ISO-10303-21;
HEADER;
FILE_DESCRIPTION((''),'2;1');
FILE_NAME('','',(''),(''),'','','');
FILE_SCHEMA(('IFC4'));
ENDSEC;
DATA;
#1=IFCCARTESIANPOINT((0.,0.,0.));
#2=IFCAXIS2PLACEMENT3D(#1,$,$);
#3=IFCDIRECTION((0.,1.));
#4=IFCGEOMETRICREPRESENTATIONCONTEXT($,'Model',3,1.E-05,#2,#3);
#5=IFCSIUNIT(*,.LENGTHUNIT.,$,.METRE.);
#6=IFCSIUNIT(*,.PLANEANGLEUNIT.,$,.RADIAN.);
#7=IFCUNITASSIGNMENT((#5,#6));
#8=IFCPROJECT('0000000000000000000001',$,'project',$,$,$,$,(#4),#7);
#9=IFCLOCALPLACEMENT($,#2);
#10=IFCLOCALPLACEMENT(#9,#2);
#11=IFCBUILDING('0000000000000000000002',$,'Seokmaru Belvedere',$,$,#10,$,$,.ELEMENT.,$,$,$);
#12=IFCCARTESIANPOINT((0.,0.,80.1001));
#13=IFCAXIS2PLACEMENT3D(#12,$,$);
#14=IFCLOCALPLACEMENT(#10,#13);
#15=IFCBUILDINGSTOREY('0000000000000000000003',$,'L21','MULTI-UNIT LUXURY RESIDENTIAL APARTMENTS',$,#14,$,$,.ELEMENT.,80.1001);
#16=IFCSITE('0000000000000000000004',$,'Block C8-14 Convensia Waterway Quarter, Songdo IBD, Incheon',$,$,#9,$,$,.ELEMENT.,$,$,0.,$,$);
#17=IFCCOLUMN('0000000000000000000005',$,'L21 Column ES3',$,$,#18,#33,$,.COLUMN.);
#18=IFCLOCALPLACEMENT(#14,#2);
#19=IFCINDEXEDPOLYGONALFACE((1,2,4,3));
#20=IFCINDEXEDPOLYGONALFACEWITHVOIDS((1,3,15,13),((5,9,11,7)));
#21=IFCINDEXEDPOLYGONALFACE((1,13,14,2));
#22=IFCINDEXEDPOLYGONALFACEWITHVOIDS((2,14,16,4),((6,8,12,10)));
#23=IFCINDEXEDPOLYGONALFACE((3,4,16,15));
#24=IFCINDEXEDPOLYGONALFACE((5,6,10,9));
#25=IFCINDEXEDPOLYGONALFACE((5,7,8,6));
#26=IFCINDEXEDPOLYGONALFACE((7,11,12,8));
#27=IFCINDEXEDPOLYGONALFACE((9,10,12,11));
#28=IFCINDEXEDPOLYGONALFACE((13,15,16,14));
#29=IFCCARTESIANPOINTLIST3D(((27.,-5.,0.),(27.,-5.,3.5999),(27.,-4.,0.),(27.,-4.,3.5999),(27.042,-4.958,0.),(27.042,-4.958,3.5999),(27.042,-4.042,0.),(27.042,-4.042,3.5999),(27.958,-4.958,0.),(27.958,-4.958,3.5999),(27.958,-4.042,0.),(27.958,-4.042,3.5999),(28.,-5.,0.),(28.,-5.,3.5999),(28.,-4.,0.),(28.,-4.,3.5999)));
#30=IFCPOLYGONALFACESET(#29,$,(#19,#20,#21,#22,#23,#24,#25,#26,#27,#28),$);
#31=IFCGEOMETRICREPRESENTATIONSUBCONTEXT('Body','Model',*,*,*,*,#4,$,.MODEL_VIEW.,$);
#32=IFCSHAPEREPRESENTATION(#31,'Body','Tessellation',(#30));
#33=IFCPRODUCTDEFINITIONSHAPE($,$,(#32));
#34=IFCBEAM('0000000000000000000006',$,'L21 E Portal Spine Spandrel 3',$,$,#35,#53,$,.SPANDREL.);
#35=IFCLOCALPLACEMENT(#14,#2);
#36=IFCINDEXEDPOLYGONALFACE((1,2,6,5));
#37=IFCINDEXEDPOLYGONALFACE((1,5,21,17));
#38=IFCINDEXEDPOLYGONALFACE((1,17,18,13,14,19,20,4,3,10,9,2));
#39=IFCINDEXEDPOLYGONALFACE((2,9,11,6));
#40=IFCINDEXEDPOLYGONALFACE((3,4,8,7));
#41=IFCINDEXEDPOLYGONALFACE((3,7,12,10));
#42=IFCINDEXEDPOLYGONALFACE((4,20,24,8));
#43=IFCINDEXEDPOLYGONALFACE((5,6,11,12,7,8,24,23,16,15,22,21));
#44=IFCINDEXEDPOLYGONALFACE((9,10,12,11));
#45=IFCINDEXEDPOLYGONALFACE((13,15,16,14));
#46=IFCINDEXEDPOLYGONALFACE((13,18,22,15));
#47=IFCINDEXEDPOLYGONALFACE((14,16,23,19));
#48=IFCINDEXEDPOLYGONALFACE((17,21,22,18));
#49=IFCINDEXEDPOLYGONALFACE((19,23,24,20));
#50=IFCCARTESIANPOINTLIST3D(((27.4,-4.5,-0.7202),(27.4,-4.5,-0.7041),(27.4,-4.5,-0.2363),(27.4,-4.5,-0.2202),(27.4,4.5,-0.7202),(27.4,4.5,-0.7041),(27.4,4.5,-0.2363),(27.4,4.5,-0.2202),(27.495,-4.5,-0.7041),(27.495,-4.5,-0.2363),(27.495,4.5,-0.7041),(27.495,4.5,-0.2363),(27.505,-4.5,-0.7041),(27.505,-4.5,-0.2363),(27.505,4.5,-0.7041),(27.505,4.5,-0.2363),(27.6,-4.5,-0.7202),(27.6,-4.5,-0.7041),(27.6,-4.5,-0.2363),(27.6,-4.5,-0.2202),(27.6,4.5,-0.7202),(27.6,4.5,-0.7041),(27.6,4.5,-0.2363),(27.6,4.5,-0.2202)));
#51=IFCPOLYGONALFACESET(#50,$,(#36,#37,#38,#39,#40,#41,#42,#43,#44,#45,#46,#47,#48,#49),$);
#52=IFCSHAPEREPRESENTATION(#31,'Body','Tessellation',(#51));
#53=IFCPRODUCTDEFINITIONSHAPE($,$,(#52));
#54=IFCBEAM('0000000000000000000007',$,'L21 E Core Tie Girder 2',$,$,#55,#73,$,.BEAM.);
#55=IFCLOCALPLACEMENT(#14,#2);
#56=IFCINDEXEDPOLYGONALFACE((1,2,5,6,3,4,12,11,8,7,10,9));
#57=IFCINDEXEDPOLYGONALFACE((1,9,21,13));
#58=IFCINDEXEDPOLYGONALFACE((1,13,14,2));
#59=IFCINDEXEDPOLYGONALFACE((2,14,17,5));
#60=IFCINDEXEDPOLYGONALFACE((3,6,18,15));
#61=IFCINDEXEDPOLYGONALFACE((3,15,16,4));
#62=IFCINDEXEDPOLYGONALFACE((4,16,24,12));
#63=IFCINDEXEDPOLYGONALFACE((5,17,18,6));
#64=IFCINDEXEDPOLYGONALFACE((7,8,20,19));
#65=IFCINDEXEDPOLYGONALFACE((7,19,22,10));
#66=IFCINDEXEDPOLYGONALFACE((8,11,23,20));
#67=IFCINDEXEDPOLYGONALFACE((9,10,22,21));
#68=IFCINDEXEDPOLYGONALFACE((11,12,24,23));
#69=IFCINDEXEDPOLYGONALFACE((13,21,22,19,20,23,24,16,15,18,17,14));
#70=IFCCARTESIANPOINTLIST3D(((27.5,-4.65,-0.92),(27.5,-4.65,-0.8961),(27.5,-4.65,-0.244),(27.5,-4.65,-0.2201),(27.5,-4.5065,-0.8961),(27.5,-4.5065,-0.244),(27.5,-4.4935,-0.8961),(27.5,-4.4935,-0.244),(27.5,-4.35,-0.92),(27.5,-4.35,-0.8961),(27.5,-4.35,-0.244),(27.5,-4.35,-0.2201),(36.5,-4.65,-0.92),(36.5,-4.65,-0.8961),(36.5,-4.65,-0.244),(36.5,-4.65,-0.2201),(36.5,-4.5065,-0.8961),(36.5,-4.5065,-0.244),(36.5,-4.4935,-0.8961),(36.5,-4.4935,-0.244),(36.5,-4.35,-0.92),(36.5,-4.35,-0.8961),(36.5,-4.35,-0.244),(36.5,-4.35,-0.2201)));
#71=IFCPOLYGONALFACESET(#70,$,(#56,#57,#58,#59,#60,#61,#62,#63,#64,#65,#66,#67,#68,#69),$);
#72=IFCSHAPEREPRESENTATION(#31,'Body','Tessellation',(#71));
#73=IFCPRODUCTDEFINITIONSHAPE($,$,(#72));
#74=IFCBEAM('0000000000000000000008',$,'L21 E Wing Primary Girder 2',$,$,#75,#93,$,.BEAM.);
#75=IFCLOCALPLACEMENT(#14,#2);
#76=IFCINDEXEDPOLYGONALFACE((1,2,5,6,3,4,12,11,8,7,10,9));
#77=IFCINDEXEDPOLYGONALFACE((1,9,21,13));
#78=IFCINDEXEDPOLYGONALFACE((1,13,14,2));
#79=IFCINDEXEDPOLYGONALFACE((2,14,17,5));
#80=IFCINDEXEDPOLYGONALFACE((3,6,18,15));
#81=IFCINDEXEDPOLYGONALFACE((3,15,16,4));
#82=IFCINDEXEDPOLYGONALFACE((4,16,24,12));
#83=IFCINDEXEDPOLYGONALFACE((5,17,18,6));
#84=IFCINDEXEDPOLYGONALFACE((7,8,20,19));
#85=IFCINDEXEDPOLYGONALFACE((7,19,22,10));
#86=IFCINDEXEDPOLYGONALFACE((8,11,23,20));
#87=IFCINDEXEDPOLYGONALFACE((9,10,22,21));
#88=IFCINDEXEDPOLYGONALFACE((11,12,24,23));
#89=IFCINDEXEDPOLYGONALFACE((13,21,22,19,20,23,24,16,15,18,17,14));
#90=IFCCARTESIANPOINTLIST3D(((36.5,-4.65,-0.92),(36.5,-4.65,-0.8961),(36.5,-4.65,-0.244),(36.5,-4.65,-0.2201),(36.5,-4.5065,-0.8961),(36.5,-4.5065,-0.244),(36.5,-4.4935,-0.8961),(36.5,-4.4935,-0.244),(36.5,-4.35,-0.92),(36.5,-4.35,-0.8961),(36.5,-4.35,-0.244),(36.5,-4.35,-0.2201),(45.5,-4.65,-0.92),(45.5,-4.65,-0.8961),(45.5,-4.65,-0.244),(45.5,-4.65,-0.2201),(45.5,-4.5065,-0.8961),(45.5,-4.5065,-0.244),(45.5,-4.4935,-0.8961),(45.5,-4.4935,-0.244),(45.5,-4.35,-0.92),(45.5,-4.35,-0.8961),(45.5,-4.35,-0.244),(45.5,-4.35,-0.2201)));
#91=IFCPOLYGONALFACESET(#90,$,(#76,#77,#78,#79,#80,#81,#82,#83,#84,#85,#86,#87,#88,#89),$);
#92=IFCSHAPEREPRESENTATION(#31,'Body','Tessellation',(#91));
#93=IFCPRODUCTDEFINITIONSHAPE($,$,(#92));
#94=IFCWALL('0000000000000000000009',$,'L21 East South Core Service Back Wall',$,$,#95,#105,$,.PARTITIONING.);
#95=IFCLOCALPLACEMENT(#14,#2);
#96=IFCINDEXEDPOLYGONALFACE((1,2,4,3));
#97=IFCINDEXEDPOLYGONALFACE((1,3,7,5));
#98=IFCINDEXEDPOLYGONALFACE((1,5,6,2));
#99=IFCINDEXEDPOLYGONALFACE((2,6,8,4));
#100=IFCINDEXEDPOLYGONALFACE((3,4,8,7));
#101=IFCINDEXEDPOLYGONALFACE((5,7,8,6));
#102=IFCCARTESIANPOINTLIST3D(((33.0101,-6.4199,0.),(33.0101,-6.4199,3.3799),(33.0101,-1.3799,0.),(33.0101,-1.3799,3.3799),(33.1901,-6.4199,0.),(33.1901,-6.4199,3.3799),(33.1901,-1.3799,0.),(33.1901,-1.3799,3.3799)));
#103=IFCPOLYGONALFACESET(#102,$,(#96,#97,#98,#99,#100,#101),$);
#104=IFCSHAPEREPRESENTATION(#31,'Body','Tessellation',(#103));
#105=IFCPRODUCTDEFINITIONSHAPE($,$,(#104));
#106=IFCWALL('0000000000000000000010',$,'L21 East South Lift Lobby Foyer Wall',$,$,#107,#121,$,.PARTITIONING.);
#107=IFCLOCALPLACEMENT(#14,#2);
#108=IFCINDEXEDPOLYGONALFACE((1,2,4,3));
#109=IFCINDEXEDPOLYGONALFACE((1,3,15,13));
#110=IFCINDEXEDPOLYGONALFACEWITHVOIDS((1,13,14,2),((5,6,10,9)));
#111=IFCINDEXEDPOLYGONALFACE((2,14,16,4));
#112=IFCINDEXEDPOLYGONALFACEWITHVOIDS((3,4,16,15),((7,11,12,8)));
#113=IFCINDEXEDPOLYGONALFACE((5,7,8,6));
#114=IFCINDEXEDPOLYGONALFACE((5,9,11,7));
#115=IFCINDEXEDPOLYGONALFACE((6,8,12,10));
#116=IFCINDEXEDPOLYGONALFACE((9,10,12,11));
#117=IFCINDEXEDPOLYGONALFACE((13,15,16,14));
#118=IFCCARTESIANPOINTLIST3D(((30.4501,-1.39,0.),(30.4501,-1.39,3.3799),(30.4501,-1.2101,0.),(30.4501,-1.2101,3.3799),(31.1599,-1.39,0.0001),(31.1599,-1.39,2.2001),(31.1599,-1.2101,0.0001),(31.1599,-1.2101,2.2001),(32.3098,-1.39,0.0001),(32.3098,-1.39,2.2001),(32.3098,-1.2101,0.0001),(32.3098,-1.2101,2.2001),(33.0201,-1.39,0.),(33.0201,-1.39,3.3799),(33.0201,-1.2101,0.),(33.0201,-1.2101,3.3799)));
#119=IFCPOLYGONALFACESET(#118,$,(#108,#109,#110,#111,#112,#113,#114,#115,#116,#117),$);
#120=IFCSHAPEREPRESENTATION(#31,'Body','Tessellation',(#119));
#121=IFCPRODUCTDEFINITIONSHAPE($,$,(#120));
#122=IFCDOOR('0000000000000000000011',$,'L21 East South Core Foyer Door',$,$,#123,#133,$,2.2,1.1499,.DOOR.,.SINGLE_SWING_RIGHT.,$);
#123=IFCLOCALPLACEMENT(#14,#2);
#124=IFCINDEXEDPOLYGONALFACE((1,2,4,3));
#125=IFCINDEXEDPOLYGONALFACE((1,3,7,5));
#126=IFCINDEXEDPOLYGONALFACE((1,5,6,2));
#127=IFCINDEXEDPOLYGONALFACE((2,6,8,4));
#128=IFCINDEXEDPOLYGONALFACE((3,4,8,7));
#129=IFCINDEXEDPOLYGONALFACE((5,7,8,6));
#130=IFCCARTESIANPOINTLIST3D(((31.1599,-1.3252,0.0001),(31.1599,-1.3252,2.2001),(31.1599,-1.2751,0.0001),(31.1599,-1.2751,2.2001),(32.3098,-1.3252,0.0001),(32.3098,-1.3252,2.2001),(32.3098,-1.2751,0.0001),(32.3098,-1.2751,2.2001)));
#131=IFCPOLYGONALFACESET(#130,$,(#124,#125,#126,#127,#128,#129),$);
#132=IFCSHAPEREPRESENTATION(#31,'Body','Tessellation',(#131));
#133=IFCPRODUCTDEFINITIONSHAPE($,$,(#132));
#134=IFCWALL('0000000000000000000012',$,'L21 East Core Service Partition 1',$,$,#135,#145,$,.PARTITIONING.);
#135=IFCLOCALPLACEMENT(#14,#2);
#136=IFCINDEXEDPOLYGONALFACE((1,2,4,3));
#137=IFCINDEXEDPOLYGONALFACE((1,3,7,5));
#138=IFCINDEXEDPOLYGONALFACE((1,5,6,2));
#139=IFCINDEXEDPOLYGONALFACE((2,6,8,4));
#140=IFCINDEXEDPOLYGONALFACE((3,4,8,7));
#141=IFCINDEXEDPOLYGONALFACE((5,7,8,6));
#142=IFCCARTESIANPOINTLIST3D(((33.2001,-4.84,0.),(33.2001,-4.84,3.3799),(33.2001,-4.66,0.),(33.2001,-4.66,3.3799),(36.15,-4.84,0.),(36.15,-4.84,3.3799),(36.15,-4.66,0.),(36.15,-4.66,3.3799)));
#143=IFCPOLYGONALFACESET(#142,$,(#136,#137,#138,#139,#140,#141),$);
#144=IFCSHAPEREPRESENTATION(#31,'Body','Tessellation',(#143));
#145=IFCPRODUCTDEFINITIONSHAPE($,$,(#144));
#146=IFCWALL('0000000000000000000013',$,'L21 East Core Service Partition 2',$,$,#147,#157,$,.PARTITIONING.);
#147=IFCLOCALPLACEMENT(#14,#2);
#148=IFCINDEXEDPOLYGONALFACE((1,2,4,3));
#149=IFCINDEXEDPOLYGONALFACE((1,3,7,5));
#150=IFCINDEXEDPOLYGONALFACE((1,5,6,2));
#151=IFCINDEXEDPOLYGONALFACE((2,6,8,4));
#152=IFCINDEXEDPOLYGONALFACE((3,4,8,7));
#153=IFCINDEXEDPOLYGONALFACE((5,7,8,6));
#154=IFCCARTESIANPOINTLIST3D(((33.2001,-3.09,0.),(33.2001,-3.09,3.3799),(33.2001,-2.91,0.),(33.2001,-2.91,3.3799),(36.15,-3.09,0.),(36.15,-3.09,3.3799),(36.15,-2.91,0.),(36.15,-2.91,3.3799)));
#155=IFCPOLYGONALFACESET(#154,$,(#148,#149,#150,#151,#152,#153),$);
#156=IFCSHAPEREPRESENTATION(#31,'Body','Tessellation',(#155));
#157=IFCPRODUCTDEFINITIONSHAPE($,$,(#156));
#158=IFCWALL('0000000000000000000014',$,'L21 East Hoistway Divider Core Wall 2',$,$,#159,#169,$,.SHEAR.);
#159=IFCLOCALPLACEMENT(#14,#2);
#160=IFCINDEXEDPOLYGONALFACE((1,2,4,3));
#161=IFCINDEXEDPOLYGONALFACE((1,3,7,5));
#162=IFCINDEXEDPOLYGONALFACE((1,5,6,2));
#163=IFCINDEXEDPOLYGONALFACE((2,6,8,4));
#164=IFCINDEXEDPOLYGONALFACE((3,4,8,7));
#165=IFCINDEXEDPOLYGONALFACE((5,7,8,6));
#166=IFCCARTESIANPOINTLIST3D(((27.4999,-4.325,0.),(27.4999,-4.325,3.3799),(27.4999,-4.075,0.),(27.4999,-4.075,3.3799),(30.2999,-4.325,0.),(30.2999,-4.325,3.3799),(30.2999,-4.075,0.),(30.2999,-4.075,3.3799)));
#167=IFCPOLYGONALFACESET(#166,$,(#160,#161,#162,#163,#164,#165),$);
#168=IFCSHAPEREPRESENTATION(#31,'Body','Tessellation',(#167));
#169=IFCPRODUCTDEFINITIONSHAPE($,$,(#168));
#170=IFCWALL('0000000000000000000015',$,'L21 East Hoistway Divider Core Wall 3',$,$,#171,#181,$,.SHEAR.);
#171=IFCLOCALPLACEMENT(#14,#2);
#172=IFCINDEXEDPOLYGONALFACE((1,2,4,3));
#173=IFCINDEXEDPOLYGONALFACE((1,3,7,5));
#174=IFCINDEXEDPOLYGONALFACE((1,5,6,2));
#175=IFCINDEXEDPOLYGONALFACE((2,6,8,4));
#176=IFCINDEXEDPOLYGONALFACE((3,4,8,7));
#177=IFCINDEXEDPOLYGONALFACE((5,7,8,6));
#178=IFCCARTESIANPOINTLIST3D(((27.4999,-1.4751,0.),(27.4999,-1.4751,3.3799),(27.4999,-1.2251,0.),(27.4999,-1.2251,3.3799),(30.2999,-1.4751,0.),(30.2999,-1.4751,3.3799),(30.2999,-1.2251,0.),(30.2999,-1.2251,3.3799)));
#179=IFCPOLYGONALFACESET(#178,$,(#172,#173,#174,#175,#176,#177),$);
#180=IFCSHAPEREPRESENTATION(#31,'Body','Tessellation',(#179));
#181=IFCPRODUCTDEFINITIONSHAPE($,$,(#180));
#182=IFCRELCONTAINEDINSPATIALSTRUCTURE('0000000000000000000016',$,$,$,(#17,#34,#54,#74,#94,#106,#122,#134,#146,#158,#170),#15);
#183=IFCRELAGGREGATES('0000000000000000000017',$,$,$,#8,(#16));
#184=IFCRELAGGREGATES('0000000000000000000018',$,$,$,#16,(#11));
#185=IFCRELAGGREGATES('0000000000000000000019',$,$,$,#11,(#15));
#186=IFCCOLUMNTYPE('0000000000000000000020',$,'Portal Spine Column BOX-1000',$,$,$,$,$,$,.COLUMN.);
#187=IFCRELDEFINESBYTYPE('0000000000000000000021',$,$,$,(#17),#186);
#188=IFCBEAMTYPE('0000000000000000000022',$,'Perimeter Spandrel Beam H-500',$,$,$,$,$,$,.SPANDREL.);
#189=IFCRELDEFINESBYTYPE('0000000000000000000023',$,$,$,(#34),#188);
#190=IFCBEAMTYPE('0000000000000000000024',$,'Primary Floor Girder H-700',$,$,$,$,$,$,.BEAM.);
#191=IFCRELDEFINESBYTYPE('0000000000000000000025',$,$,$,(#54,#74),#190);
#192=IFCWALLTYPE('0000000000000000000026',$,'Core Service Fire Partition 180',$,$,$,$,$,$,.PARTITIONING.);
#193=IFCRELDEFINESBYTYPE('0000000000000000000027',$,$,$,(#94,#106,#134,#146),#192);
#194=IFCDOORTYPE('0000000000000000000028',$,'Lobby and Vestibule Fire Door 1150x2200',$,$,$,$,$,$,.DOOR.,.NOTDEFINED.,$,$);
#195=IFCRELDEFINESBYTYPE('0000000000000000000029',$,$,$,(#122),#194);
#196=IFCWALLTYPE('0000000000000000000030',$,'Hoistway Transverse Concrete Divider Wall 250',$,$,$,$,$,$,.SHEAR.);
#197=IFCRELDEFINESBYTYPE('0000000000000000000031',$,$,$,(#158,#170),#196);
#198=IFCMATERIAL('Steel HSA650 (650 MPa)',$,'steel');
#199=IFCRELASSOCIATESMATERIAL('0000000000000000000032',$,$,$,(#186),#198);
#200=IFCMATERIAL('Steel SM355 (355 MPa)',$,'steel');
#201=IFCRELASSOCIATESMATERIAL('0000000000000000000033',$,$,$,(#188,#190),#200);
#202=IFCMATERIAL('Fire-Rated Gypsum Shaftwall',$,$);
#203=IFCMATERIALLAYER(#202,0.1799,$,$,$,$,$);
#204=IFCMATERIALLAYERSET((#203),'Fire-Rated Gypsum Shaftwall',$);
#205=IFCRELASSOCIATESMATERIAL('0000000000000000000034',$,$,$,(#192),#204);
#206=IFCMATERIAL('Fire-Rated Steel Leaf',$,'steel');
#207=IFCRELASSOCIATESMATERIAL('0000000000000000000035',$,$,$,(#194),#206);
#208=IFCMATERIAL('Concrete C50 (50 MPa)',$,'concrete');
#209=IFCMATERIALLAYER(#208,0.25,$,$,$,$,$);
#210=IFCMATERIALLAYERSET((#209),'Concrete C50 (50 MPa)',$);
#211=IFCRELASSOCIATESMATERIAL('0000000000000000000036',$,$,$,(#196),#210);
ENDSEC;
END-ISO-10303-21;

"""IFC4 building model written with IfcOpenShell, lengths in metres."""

from ifc_helpers import new_model, si_unit, direction, frame, frame_2d, origin, origin_2d, place, context, subcontext, project, spatial, rectangle, hollow_rectangle, i_section, extrude, source, transform, mapped, material, layer, layer_set, material_profile, profile_set, type_object, type_shapes, element, fill, save


model = new_model("IFC4")

# Units and contexts
model_context = context("Model", 3, precision=1e-05, world=origin(), true_north=direction((0.0, 1.0)))
body_context = subcontext(model_context, "Body", "Model", "MODEL_VIEW")
ifc_project = project(units=[si_unit("LENGTHUNIT", "METRE"), si_unit("PLANEANGLEUNIT", "RADIAN")], contexts=[model_context])

# Site, building, storey
site_placement = place(None, origin())
site = spatial("IfcSite", under=ifc_project, at=site_placement, Name="Block C8-14 Convensia Waterway Quarter, Songdo IBD, Incheon", CompositionType="ELEMENT", RefElevation=0.0)
building_placement = place(site_placement, origin())
building = spatial("IfcBuilding", under=site, at=building_placement, Name="Seokmaru Belvedere", CompositionType="ELEMENT")
storey_placement = place(building_placement, frame((0.0, 0.0, 80.1001)))
storey = spatial("IfcBuildingStorey", under=building, at=storey_placement, Name="L21", Description="MULTI-UNIT LUXURY RESIDENTIAL APARTMENTS", CompositionType="ELEMENT", Elevation=80.1001)

# Column
ifc_material_1 = material(Name="Steel HSA650 (650 MPa)", Category="steel")
ifc_material_profile_1 = material_profile(ifc_material_1, hollow_rectangle(XDim=1.0, YDim=1.0, WallThickness=0.042, at=origin_2d()), Name="BOX-1000x1000x42")
ifc_profile_set_1 = profile_set([ifc_material_profile_1], Name="Steel HSA650 (650 MPa)")
column_type = type_object("IfcColumnType", Name="Portal Spine Column BOX-1000", PredefinedType="COLUMN", material=ifc_profile_set_1)
shared_shape_1 = source(origin(), body_context, "Body", "SweptSolid", [
    extrude(hollow_rectangle(XDim=1.0, YDim=1.0, WallThickness=0.042, at=origin_2d()), origin(), (0.0, 0.0, 1.0), 3.5999),
])
type_shapes(column_type, [shared_shape_1])
column_placement = place(storey_placement, frame((27.5, -4.5, 0.0), z_axis=(0.0, 0.0, 1.0), x_axis=(1.0, 0.0, 0.0)))
element("IfcColumn", 1, at=column_placement, inside=storey, type_object=column_type, Name="L21 Column ES3", PredefinedType="COLUMN", context=body_context, shape_type="MappedRepresentation", body=[
    mapped(shared_shape_1, transform((0.0, 0.0, 0.0), scale=1.0)),
])

# Beams
ifc_material_2 = material(Name="Steel SM355 (355 MPa)", Category="steel")
ifc_material_profile_2 = material_profile(ifc_material_2, i_section(OverallWidth=0.2, OverallDepth=0.5, WebThickness=0.01, FlangeThickness=0.0161, at=origin_2d()), Name="H-500x200x10x16")
ifc_profile_set_2 = profile_set([ifc_material_profile_2], Name="Steel SM355 (355 MPa)")
beam_type_1 = type_object("IfcBeamType", Name="Perimeter Spandrel Beam H-500", PredefinedType="SPANDREL", material=ifc_profile_set_2)
shared_shape_2 = source(origin(), body_context, "Body", "SweptSolid", [
    extrude(i_section(OverallWidth=0.2, OverallDepth=0.5, WebThickness=0.01, FlangeThickness=0.0161, at=origin_2d()), origin(), (0.0, 0.0, 1.0), 9.0),
])
type_shapes(beam_type_1, [shared_shape_2])
beam_placement = place(storey_placement, frame((27.5, -4.5, -0.4702), z_axis=(0.0, 1.0, 0.0), x_axis=(-1.0, 0.0, 0.0)))
element("IfcBeam", 2, at=beam_placement, inside=storey, type_object=beam_type_1, Name="L21 E Portal Spine Spandrel 3", PredefinedType="SPANDREL", context=body_context, shape_type="MappedRepresentation", body=[
    mapped(shared_shape_2, transform((0.0, 0.0, 0.0), scale=1.0)),
])
ifc_material_profile_3 = material_profile(ifc_material_2, i_section(OverallWidth=0.3, OverallDepth=0.7, WebThickness=0.0129, FlangeThickness=0.0239, at=origin_2d()), Name="H-700x300x13x24")
ifc_profile_set_3 = profile_set([ifc_material_profile_3], Name="Steel SM355 (355 MPa)")
beam_type_2 = type_object("IfcBeamType", Name="Primary Floor Girder H-700", PredefinedType="BEAM", material=ifc_profile_set_3)
shared_shape_3 = source(origin(), body_context, "Body", "SweptSolid", [
    extrude(i_section(OverallWidth=0.3, OverallDepth=0.7, WebThickness=0.0129, FlangeThickness=0.0239, at=origin_2d()), origin(), (0.0, 0.0, 1.0), 9.0),
])
type_shapes(beam_type_2, [shared_shape_3])
for number, where, z_axis, x_axis, name in (
    (3, (27.5, -4.5, -0.5701), (1.0, 0.0, 0.0), (0.0, 1.0, 0.0), "L21 E Core Tie Girder 2"),
    (4, (36.5, -4.5, -0.5701), (1.0, 0.0, 0.0), (0.0, 1.0, 0.0), "L21 E Wing Primary Girder 2"),
):
    element("IfcBeam", number, at=place(storey_placement, frame(where, z_axis=z_axis, x_axis=x_axis)), inside=storey, type_object=beam_type_2, Name=name, PredefinedType="BEAM", context=body_context, shape_type="MappedRepresentation", body=[
        mapped(shared_shape_3, transform((0.0, 0.0, 0.0), scale=1.0)),
    ])

# Wall
ifc_material_3 = material(Name="Fire-Rated Gypsum Shaftwall")
ifc_layer_1 = layer(ifc_material_3, 0.1799)
ifc_layer_set_1 = layer_set([ifc_layer_1], Name="Fire-Rated Gypsum Shaftwall")
wall_type_1 = type_object("IfcWallType", Name="Core Service Fire Partition 180", PredefinedType="PARTITIONING", material=ifc_layer_set_1)
wall_1_placement = place(storey_placement, frame((33.1001, -6.4199, 0.0), z_axis=(0.0, 0.0, 1.0), x_axis=(0.0, 1.0, 0.0)))
element("IfcWall", 5, at=wall_1_placement, inside=storey, type_object=wall_type_1, Name="L21 East South Core Service Back Wall", PredefinedType="PARTITIONING", context=body_context, shape_type="SweptSolid", body=[
    extrude(rectangle(XDim=5.04, YDim=0.1799, at=frame_2d((2.52, 0.0))), origin(), (0.0, 0.0, 1.0), 3.3799),
])

# Wall, opening, door
wall_2_placement = place(storey_placement, frame((30.45, -1.3, 0.0), z_axis=(0.0, 0.0, 1.0), x_axis=(1.0, 0.0, 0.0)))
wall_2 = element("IfcWall", 6, at=wall_2_placement, inside=storey, type_object=wall_type_1, Name="L21 East South Lift Lobby Foyer Wall", PredefinedType="PARTITIONING", context=body_context, shape_type="SweptSolid", body=[
    extrude(rectangle(XDim=2.5701, YDim=0.1799, at=frame_2d((1.2852, 0.0))), origin(), (0.0, 0.0, 1.0), 3.3799),
])
opening_1_placement = place(wall_2_placement, frame((0.71, 0.0, 0.0)))
opening_1 = element("IfcOpeningElement", 7, at=opening_1_placement, cuts=wall_2, PredefinedType="OPENING", context=body_context, shape_type="SweptSolid", body=[
    extrude(rectangle(XDim=1.1499, YDim=2.2, at=frame_2d((0.575, 1.1001))), frame((0.0, 0.1001, 0.0), z_axis=(0.0, -1.0, 0.0), x_axis=(1.0, 0.0, 0.0)), (0.0, 0.0, 1.0), 0.2),
])
ifc_material_4 = material(Name="Fire-Rated Steel Leaf", Category="steel")
door_type_1 = type_object("IfcDoorType", Name="Lobby and Vestibule Fire Door 1150x2200", OperationType="NOTDEFINED", PredefinedType="DOOR", material=ifc_material_4)
shared_shape_4 = source(origin(), body_context, "Body", "SweptSolid", [
    extrude(rectangle(XDim=1.1499, YDim=2.2, at=frame_2d((0.575, 1.1001))), frame((0.0, 0.0249, 0.0), z_axis=(0.0, -1.0, 0.0), x_axis=(1.0, 0.0, 0.0)), (0.0, 0.0, 1.0), 0.05),
])
type_shapes(door_type_1, [shared_shape_4])
door_1_placement = place(opening_1_placement, origin())
door_1 = element("IfcDoor", 8, at=door_1_placement, inside=storey, type_object=door_type_1, Name="L21 East South Core Foyer Door", OperationType="SINGLE_SWING_RIGHT", OverallHeight=2.2, OverallWidth=1.1499, PredefinedType="DOOR", context=body_context, shape_type="MappedRepresentation", body=[
    mapped(shared_shape_4, transform((0.0, 0.0, 0.0), scale=1.0)),
])
fill(opening_1, door_1)

# Walls
for number, where, z_axis, x_axis, name in (
    (9, (33.2, -4.75, 0.0), (0.0, 0.0, 1.0), (1.0, 0.0, 0.0), "L21 East Core Service Partition 1"),
    (10, (33.2, -3.0, 0.0), (0.0, 0.0, 1.0), (1.0, 0.0, 0.0), "L21 East Core Service Partition 2"),
):
    element("IfcWall", number, at=place(storey_placement, frame(where, z_axis=z_axis, x_axis=x_axis)), inside=storey, type_object=wall_type_1, Name=name, PredefinedType="PARTITIONING", context=body_context, shape_type="SweptSolid", body=[
        extrude(rectangle(XDim=2.95, YDim=0.1799, at=frame_2d((1.4751, 0.0))), origin(), (0.0, 0.0, 1.0), 3.3799),
    ])
ifc_material_5 = material(Name="Concrete C50 (50 MPa)", Category="concrete")
ifc_layer_2 = layer(ifc_material_5, 0.25)
ifc_layer_set_2 = layer_set([ifc_layer_2], Name="Concrete C50 (50 MPa)")
wall_type_2 = type_object("IfcWallType", Name="Hoistway Transverse Concrete Divider Wall 250", PredefinedType="SHEAR", material=ifc_layer_set_2)
for number, where, z_axis, x_axis, name in (
    (11, (27.5, -4.2, 0.0), (0.0, 0.0, 1.0), (1.0, 0.0, 0.0), "L21 East Hoistway Divider Core Wall 2"),
    (12, (27.5, -1.3501, 0.0), (0.0, 0.0, 1.0), (1.0, 0.0, 0.0), "L21 East Hoistway Divider Core Wall 3"),
):
    element("IfcWall", number, at=place(storey_placement, frame(where, z_axis=z_axis, x_axis=x_axis)), inside=storey, type_object=wall_type_2, Name=name, PredefinedType="SHEAR", context=body_context, shape_type="SweptSolid", body=[
        extrude(rectangle(XDim=2.8, YDim=0.25, at=frame_2d((1.3999, 0.0))), origin(), (0.0, 0.0, 1.0), 3.3799),
    ])

save(model, "model.ifc")
